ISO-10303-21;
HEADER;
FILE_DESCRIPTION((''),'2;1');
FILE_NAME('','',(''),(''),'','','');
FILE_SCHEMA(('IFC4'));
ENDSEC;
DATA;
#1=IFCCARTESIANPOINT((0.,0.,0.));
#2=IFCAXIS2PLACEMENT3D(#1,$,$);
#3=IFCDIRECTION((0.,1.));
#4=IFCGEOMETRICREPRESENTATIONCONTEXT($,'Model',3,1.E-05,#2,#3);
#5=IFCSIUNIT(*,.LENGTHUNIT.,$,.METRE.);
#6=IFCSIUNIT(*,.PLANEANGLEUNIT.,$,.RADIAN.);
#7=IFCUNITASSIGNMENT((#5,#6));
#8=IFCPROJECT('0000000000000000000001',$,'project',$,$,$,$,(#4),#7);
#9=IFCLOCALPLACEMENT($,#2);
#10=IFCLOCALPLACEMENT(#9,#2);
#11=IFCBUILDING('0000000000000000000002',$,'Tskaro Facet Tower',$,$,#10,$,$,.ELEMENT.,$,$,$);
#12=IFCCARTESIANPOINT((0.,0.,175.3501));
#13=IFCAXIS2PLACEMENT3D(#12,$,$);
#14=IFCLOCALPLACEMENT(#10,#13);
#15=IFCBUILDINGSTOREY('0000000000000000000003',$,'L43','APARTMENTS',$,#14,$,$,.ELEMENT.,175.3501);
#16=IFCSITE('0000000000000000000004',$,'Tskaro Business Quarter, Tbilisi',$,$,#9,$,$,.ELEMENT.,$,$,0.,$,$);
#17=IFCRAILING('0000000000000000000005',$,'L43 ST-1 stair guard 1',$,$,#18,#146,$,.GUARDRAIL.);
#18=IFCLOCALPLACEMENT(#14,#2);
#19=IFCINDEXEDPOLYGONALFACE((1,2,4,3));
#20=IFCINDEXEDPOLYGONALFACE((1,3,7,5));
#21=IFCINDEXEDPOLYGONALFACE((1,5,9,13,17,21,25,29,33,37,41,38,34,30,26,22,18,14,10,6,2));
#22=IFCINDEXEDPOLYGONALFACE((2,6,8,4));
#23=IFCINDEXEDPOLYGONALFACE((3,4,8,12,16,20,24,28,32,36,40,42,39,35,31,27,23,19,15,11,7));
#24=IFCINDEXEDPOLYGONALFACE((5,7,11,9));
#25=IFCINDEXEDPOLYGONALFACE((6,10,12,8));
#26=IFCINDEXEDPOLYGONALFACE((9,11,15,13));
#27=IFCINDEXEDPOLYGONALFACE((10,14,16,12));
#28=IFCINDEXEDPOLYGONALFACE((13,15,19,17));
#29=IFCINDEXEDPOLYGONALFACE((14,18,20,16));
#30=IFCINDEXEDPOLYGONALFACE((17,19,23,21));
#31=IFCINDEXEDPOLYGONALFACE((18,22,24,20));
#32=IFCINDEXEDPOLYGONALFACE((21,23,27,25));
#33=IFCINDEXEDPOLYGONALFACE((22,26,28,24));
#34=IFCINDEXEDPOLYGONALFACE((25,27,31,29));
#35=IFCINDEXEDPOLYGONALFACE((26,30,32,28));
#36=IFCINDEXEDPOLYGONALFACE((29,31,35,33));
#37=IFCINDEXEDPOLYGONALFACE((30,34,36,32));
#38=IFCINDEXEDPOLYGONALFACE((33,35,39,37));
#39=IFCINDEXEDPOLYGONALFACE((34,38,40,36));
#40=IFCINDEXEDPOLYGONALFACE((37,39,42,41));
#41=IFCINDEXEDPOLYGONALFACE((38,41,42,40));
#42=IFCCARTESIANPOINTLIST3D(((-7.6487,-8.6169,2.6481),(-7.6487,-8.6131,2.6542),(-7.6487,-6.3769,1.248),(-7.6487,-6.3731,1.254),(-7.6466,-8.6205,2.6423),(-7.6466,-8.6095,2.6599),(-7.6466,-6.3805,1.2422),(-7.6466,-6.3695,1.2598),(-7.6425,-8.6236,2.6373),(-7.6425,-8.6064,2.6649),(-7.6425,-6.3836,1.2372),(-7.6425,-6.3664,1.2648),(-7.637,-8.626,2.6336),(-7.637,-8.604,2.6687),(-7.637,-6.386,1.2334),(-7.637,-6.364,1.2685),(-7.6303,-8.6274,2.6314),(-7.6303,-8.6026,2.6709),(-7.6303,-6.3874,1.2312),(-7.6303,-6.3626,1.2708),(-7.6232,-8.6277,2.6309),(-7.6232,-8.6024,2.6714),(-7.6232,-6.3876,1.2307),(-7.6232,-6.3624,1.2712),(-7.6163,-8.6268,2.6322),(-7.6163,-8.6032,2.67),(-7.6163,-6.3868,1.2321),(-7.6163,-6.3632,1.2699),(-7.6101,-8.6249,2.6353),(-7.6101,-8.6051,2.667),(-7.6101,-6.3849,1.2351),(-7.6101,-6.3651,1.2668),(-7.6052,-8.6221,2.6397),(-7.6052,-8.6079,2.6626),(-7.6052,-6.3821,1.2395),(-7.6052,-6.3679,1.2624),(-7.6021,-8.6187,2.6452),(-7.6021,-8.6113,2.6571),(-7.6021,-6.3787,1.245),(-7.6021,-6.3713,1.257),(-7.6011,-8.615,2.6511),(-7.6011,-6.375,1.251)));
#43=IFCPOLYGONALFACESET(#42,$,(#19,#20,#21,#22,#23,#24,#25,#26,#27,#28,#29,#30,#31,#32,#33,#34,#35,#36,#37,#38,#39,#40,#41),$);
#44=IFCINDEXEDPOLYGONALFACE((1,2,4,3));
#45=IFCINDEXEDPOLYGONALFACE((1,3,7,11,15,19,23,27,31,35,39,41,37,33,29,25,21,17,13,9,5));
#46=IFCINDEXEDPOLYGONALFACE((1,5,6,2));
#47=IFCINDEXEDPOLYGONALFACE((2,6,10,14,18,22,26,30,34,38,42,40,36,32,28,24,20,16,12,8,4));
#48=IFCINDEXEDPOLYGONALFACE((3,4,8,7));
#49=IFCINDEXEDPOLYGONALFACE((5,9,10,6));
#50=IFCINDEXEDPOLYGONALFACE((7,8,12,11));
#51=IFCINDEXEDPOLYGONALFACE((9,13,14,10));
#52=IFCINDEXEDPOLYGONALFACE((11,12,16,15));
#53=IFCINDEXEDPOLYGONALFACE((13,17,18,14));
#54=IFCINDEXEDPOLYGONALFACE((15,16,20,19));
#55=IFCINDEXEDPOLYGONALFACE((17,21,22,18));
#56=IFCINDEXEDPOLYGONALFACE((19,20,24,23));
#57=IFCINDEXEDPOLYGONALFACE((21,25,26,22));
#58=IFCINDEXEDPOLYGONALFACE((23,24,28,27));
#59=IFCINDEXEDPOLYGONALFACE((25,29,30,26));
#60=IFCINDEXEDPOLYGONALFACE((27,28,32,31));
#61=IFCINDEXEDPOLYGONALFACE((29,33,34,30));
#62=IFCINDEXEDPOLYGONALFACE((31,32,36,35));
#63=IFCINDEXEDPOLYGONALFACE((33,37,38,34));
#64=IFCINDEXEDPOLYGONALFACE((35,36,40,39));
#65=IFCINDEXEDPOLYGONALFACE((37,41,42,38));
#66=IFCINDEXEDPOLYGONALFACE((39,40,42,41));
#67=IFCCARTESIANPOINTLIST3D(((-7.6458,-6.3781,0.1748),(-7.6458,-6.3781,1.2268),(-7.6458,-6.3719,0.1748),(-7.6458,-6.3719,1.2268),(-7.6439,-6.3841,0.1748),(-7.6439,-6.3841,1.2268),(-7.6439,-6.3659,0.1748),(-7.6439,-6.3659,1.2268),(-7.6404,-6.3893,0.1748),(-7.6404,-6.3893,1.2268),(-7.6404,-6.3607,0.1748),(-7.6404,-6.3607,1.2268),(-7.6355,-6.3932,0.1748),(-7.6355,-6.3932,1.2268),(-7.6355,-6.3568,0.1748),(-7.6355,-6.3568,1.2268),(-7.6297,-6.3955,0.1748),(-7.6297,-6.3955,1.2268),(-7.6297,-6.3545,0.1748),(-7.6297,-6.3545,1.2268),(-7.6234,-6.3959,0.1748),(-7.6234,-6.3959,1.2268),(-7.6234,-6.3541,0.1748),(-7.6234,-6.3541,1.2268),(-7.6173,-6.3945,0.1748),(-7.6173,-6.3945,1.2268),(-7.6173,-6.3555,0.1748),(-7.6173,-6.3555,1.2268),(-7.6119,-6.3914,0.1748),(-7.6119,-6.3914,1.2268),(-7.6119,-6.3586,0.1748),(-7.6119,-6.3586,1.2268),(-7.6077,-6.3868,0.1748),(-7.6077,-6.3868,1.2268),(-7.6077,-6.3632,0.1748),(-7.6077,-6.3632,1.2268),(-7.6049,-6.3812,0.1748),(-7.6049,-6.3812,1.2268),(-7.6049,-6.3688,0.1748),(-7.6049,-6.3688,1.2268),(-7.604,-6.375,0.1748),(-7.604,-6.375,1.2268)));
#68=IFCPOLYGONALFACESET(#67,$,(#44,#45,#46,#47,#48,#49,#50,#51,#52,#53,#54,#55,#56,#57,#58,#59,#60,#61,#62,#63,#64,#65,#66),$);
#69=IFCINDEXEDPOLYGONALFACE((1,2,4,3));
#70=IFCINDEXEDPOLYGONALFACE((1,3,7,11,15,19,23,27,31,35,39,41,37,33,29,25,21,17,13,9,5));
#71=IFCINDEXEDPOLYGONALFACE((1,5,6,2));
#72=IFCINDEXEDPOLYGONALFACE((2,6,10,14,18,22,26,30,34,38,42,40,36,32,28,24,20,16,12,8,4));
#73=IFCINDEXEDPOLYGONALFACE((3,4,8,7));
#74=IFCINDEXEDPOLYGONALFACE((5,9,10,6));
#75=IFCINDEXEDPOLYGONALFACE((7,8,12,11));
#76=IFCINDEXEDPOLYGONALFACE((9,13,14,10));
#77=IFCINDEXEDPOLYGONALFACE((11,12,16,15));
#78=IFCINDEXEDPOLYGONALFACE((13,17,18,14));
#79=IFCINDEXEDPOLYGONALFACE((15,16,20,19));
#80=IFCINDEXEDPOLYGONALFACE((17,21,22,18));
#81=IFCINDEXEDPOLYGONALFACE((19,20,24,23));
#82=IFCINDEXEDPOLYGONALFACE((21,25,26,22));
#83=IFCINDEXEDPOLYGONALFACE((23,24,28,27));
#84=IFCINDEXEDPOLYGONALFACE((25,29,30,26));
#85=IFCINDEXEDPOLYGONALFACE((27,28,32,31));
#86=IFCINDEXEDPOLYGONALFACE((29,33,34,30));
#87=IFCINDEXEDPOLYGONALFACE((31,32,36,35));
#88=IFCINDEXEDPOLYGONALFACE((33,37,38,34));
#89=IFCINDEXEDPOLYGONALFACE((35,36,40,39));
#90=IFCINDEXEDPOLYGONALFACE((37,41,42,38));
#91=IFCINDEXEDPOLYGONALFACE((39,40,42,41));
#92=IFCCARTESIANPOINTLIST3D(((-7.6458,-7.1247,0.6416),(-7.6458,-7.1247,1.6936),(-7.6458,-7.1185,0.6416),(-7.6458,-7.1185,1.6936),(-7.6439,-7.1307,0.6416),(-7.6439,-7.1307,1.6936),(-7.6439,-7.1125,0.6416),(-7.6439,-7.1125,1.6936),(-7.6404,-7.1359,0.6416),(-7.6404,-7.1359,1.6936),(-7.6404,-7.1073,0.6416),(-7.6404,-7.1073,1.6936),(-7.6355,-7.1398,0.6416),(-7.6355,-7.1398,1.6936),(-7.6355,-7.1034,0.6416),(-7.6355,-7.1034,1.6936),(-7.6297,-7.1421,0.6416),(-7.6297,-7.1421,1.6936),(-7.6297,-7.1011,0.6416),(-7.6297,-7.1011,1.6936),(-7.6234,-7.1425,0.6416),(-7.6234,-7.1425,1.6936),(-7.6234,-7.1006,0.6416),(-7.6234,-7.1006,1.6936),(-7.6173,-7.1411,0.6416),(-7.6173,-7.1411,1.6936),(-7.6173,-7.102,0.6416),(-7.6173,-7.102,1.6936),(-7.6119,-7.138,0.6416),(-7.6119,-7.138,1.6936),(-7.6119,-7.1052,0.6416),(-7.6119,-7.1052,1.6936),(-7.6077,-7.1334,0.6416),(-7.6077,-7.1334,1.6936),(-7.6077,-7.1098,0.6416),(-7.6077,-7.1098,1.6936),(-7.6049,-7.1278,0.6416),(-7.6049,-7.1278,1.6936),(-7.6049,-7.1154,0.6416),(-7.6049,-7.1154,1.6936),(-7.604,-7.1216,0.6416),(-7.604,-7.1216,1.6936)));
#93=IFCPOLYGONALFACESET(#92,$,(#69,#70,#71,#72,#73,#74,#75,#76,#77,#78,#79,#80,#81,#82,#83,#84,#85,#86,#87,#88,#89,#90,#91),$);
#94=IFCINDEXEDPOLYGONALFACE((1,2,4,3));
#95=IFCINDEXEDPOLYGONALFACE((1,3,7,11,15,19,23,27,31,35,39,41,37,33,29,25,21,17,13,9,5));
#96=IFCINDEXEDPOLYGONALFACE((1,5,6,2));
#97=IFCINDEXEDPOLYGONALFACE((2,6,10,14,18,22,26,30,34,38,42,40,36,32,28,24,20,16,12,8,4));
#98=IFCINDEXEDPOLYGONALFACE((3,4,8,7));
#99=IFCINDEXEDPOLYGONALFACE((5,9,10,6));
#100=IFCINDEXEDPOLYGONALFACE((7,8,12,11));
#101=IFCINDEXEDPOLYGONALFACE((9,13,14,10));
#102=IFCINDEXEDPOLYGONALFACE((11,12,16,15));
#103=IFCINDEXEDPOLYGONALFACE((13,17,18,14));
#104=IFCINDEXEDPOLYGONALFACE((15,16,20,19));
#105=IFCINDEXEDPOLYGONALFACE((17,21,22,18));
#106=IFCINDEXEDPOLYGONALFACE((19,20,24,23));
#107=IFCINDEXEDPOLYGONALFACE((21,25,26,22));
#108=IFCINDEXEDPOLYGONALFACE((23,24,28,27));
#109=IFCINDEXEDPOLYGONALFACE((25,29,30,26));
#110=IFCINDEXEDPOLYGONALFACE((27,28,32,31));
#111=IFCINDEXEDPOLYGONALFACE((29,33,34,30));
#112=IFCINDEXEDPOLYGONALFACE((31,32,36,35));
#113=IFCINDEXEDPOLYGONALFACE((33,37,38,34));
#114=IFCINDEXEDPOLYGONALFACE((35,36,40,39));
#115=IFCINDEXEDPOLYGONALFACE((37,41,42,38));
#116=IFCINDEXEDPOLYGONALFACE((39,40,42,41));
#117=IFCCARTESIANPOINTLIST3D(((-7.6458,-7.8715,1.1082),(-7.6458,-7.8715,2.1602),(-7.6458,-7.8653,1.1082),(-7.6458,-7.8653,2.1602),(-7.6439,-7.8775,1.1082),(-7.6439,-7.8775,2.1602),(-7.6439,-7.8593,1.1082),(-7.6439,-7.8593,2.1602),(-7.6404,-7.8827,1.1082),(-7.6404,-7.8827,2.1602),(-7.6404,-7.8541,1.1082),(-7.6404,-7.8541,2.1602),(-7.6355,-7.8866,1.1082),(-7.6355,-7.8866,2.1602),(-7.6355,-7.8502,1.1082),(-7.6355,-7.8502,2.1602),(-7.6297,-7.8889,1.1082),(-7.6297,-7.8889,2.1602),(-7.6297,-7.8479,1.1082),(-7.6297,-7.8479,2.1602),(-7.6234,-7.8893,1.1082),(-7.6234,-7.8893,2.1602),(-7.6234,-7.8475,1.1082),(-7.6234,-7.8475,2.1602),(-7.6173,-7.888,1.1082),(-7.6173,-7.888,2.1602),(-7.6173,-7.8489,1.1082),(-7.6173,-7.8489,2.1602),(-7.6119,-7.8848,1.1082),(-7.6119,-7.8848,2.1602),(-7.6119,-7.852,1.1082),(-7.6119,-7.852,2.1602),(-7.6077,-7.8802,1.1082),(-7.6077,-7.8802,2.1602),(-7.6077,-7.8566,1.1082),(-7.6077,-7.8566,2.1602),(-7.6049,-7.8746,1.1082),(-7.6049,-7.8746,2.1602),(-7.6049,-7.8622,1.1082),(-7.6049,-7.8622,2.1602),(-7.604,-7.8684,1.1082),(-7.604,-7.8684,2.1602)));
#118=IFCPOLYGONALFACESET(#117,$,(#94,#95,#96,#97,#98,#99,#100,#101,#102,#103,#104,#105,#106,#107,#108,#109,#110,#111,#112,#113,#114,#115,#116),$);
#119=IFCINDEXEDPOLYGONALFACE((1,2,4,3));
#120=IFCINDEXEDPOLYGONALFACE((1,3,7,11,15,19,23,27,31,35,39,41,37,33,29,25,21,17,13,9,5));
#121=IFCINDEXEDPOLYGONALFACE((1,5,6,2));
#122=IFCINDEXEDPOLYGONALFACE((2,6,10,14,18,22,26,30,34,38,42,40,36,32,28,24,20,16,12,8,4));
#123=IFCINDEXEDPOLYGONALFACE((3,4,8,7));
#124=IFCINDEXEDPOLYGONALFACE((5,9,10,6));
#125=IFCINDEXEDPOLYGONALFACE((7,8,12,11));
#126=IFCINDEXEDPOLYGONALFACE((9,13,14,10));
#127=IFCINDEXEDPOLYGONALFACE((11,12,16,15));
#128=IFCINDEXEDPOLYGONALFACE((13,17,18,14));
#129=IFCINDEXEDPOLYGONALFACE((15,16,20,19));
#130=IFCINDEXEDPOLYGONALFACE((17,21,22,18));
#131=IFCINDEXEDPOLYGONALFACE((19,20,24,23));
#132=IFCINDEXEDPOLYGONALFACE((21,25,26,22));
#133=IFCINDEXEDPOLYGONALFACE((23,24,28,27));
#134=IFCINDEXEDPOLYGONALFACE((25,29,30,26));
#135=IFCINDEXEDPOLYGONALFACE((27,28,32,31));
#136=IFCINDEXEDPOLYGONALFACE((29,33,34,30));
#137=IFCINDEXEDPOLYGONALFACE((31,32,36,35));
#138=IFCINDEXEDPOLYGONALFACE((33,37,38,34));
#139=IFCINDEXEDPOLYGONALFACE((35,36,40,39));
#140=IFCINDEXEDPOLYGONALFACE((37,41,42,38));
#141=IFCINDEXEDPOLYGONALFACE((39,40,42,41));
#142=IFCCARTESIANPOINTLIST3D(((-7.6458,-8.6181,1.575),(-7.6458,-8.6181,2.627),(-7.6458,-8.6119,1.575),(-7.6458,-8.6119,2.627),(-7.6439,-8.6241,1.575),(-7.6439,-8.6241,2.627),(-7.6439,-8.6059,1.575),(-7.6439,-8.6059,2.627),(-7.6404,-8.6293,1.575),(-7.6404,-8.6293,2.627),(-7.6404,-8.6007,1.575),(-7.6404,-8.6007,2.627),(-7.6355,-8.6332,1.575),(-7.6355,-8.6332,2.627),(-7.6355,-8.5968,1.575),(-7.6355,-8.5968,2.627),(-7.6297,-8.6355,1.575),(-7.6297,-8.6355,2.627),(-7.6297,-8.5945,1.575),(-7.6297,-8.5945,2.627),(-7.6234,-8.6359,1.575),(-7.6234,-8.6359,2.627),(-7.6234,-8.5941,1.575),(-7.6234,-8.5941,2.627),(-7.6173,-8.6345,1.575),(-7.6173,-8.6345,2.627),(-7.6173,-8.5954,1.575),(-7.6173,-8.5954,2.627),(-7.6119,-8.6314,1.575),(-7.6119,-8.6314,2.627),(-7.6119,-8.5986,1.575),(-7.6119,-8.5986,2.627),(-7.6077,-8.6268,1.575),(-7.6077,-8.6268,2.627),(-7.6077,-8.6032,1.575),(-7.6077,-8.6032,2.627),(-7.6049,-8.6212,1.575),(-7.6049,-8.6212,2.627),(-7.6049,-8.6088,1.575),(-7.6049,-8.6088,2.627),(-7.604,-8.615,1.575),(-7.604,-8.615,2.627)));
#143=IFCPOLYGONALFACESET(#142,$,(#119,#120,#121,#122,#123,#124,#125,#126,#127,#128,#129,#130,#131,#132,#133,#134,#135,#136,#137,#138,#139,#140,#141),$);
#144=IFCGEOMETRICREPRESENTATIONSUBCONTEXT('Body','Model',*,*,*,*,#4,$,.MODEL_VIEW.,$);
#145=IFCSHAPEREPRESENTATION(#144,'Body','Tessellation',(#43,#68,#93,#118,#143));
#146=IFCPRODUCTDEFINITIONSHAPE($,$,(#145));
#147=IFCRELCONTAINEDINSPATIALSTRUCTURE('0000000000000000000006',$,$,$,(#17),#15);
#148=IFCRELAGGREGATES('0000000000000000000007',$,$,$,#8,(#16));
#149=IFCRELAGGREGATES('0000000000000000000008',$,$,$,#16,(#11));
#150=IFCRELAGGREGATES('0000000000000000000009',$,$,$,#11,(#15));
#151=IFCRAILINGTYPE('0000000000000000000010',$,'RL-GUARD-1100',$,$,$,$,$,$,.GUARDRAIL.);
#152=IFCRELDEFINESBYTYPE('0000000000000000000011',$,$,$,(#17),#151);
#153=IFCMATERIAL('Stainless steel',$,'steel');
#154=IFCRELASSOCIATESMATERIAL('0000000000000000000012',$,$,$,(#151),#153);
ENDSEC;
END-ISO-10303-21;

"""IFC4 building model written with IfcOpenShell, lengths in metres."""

from ifc_helpers import new_model, si_unit, direction, frame, origin, origin_2d, place, context, subcontext, project, spatial, circle, extrude, material, type_object, element, save


model = new_model("IFC4")

# Units and contexts
model_context = context("Model", 3, precision=1e-05, world=origin(), true_north=direction((0.0, 1.0)))
body_context = subcontext(model_context, "Body", "Model", "MODEL_VIEW")
ifc_project = project(units=[si_unit("LENGTHUNIT", "METRE"), si_unit("PLANEANGLEUNIT", "RADIAN")], contexts=[model_context])

# Site, building, storey
site_placement = place(None, origin())
site = spatial("IfcSite", under=ifc_project, at=site_placement, Name="Tskaro Business Quarter, Tbilisi", CompositionType="ELEMENT", RefElevation=0.0)
building_placement = place(site_placement, origin())
building = spatial("IfcBuilding", under=site, at=building_placement, Name="Tskaro Facet Tower", CompositionType="ELEMENT")
storey_placement = place(building_placement, frame((0.0, 0.0, 175.3501)))
storey = spatial("IfcBuildingStorey", under=building, at=storey_placement, Name="L43", Description="APARTMENTS", CompositionType="ELEMENT", Elevation=175.3501)

# Shared definitions
ifc_material_1 = material(Name="Stainless steel", Category="steel")

# Railing
railing_type_1 = type_object("IfcRailingType", Name="RL-GUARD-1100", PredefinedType="GUARDRAIL", material=ifc_material_1)
railing_1_placement = place(storey_placement, frame((-7.625, -6.375, 0.1748)))
element("IfcRailing", 1, at=railing_1_placement, inside=storey, type_object=railing_type_1, Name="L43 ST-1 stair guard 1", PredefinedType="GUARDRAIL", context=body_context, shape_type="SweptSolid", body=[
    extrude(circle(Radius=0.0239, at=origin_2d()), frame((0.0, 0.0, 1.0762), z_axis=(0.0, -0.847972, 0.53004), x_axis=(1.0, 0.0, 0.0)), (0.0, 0.0, 1.0), 2.6416),
    extrude(circle(Radius=0.021, at=origin_2d()), origin(), (0.0, 0.0, 1.0), 1.052),
    extrude(circle(Radius=0.021, at=origin_2d()), frame((0.0, -0.7466, 0.4668)), (0.0, 0.0, 1.0), 1.052),
    extrude(circle(Radius=0.021, at=origin_2d()), frame((0.0, -1.4934, 0.9333)), (0.0, 0.0, 1.0), 1.052),
    extrude(circle(Radius=0.021, at=origin_2d()), frame((0.0, -2.24, 1.4001)), (0.0, 0.0, 1.0), 1.052),
])

save(model, "model.ifc")
